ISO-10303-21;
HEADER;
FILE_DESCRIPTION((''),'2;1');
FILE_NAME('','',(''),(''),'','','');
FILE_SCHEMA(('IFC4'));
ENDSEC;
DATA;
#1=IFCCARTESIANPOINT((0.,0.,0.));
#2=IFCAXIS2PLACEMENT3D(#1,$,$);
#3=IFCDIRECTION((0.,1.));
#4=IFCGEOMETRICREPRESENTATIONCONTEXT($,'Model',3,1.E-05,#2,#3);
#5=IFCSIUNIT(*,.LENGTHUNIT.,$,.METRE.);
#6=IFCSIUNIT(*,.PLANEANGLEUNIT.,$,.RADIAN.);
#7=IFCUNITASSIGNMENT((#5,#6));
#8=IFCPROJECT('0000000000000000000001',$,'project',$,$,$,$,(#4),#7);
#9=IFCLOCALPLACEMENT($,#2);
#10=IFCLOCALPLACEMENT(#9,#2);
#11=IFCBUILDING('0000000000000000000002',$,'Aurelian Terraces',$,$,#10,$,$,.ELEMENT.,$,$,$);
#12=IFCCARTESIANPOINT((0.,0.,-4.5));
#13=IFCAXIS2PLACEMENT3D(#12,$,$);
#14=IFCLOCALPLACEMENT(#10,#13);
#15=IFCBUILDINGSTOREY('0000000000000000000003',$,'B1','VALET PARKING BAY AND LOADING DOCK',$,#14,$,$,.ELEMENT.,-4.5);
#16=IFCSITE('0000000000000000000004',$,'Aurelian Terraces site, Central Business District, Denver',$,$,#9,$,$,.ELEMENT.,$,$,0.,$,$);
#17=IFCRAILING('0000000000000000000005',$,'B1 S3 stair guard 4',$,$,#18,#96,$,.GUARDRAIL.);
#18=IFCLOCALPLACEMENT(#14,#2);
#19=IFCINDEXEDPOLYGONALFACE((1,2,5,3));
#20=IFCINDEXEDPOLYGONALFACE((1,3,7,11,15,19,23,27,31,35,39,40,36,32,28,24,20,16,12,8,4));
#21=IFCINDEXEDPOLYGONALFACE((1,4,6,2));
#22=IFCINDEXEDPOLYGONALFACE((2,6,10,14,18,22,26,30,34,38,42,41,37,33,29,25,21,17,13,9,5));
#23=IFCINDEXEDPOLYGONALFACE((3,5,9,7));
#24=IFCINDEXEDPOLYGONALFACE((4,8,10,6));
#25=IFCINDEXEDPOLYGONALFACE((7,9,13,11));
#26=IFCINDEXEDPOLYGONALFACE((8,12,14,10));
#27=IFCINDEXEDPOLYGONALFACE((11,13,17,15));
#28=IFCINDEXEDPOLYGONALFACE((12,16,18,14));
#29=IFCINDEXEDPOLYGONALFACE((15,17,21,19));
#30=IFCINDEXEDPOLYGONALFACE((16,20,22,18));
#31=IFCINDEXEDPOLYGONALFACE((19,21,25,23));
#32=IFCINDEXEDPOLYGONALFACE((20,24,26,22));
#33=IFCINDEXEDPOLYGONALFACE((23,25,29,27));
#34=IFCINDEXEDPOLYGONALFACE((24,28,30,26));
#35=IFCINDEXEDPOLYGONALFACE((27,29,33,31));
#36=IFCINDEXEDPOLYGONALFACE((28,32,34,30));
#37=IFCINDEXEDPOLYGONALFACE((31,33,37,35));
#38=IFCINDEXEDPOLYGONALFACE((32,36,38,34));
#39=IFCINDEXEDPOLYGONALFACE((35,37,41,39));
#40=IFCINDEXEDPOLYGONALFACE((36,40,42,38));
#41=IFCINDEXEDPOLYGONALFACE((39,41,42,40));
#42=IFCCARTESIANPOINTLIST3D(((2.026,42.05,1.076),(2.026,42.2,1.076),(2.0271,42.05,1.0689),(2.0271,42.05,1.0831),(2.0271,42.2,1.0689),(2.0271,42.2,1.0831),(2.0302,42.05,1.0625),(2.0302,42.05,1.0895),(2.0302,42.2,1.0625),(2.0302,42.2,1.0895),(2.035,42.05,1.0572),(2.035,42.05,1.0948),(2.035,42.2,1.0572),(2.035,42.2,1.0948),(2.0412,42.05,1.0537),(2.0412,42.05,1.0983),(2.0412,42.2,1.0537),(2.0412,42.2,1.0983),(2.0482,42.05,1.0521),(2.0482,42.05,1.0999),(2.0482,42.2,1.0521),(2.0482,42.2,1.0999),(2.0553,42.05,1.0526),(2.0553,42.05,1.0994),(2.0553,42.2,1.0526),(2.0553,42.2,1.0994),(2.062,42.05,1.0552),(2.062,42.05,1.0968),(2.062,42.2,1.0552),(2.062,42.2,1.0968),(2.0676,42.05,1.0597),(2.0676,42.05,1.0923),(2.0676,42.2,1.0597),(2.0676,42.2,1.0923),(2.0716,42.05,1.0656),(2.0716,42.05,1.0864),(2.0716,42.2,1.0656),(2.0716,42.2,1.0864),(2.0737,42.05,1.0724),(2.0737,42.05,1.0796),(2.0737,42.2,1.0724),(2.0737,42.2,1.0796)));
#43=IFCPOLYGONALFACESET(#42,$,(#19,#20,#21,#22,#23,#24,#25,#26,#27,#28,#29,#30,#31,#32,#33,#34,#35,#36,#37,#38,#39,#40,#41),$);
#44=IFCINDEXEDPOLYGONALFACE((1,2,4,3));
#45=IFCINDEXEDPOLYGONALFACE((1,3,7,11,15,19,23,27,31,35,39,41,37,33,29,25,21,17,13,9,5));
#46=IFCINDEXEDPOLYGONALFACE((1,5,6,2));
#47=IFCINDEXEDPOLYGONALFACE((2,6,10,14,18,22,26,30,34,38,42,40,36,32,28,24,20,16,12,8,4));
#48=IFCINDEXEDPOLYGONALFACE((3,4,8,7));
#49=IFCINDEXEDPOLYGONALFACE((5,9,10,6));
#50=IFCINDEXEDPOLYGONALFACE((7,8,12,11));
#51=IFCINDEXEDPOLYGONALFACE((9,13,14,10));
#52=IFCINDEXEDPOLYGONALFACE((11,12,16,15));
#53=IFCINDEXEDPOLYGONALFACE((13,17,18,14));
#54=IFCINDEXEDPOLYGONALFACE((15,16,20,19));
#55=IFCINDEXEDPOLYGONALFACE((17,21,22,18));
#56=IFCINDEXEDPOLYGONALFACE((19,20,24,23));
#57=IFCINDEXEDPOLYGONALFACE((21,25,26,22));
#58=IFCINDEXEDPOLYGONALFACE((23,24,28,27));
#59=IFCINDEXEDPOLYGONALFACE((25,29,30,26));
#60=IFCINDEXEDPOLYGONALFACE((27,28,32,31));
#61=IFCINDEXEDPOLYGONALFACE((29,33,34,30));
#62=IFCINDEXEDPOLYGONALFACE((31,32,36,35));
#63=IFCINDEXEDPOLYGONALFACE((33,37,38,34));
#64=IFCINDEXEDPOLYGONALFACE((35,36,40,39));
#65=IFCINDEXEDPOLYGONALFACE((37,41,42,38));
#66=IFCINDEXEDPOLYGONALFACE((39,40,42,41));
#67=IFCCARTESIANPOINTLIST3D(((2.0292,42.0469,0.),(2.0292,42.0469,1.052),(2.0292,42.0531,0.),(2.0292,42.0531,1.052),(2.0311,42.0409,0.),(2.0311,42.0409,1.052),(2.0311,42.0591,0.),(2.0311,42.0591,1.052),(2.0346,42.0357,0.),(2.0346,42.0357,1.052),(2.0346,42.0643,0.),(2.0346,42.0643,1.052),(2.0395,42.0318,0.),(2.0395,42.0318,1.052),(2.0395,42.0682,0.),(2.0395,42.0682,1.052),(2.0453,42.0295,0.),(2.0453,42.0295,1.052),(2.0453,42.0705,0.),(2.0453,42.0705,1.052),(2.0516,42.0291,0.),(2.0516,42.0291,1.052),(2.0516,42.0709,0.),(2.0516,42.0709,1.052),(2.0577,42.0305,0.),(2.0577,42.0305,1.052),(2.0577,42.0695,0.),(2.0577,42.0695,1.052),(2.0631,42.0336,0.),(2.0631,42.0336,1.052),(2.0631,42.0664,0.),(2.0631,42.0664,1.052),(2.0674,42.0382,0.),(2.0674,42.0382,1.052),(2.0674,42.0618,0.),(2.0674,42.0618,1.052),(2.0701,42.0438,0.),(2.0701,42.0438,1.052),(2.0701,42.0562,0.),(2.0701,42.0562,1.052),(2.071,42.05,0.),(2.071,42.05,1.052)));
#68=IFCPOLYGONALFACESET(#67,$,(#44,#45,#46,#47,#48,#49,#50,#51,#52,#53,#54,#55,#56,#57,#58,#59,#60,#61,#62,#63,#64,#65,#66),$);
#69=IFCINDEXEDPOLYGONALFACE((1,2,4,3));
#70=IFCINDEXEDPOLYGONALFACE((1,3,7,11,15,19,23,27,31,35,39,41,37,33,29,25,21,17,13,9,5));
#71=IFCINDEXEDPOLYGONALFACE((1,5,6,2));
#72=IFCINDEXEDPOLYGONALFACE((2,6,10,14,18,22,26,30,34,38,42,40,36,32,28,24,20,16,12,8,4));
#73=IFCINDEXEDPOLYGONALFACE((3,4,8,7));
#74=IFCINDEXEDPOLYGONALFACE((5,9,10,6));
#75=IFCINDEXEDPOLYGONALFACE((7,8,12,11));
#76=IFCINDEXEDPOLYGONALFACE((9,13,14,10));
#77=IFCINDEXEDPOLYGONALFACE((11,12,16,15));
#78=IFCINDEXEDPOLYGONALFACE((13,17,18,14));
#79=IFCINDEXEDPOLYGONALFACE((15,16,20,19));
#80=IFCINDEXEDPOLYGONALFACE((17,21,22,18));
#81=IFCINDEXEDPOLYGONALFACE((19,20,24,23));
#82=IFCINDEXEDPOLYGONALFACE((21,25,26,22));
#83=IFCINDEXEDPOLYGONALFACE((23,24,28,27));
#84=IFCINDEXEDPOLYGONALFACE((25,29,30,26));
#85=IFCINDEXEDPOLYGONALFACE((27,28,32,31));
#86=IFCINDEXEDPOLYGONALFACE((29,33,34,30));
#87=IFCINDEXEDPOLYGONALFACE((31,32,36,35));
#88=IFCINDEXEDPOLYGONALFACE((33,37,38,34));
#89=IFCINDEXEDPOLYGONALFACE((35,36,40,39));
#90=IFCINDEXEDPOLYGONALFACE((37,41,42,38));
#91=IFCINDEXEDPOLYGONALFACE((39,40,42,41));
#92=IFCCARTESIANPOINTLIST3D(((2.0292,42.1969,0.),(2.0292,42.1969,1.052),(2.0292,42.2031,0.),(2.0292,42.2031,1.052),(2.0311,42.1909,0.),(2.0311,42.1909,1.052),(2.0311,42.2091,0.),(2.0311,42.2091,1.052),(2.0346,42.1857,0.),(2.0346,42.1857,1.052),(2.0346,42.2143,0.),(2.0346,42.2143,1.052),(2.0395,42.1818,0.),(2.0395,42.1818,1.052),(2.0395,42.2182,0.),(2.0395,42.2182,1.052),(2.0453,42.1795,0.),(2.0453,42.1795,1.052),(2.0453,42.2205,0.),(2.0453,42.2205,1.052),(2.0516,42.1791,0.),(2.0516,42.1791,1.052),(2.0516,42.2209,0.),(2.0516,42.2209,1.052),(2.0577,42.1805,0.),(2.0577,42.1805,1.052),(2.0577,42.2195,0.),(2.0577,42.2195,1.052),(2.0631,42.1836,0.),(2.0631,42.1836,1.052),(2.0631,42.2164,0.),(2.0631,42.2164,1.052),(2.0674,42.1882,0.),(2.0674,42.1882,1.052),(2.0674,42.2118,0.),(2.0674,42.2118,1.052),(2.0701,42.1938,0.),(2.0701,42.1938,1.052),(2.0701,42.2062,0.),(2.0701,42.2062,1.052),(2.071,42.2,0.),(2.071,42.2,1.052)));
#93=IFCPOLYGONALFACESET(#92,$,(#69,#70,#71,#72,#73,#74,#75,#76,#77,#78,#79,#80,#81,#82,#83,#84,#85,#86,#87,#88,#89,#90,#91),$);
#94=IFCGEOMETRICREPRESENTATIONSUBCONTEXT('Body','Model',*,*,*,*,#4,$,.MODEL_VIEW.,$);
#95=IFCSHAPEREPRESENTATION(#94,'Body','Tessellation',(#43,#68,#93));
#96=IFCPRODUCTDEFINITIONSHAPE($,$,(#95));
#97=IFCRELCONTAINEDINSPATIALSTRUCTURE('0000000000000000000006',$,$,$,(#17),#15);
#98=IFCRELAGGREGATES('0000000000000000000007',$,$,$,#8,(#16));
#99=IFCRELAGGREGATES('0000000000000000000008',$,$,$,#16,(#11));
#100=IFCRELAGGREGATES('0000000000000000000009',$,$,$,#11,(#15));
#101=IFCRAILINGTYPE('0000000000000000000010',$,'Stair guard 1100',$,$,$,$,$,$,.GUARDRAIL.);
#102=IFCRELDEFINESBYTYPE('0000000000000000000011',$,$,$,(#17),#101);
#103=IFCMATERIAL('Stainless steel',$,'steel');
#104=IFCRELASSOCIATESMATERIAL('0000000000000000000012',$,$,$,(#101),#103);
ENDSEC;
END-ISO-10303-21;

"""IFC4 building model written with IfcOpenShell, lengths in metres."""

from ifc_helpers import new_model, si_unit, direction, frame, origin, origin_2d, place, context, subcontext, project, spatial, circle, extrude, source, transform, mapped, material, type_object, element, save


model = new_model("IFC4")

# Units and contexts
model_context = context("Model", 3, precision=1e-05, world=origin(), true_north=direction((0.0, 1.0)))
body_context = subcontext(model_context, "Body", "Model", "MODEL_VIEW")
ifc_project = project(units=[si_unit("LENGTHUNIT", "METRE"), si_unit("PLANEANGLEUNIT", "RADIAN")], contexts=[model_context])

# Site, building, storey
site_placement = place(None, origin())
site = spatial("IfcSite", under=ifc_project, at=site_placement, Name="Aurelian Terraces site, Central Business District, Denver", CompositionType="ELEMENT", RefElevation=0.0)
building_placement = place(site_placement, origin())
building = spatial("IfcBuilding", under=site, at=building_placement, Name="Aurelian Terraces", CompositionType="ELEMENT")
storey_placement = place(building_placement, frame((0.0, 0.0, -4.5)))
storey = spatial("IfcBuildingStorey", under=building, at=storey_placement, Name="B1", Description="VALET PARKING BAY AND LOADING DOCK", CompositionType="ELEMENT", Elevation=-4.5)

# Railing
ifc_material_1 = material(Name="Stainless steel", Category="steel")
railing_type_1 = type_object("IfcRailingType", Name="Stair guard 1100", PredefinedType="GUARDRAIL", material=ifc_material_1)
shared_shape_1 = source(origin(), body_context, "Body", "SweptSolid", [
    extrude(circle(Radius=0.024, at=origin_2d()), frame((0.0, 0.0, 1.076), z_axis=(0.0, 1.0, 0.0), x_axis=(-1.0, 0.0, 0.0)), (0.0, 0.0, 1.0), 0.15),
    extrude(circle(Radius=0.021, at=origin_2d()), origin(), (0.0, 0.0, 1.0), 1.052),
    extrude(circle(Radius=0.021, at=origin_2d()), frame((0.0, 0.15, 0.0)), (0.0, 0.0, 1.0), 1.052),
])
for number, where, name in (
    (1, (2.05, 42.05, 0.0), "B1 S3 stair guard 4"),
):
    element("IfcRailing", number, at=place(storey_placement, frame(where)), inside=storey, type_object=railing_type_1, Name=name, PredefinedType="GUARDRAIL", context=body_context, shape_type="MappedRepresentation", body=[
        mapped(shared_shape_1, transform((0.0, 0.0, 0.0), scale=1.0)),
    ])

save(model, "model.ifc")
